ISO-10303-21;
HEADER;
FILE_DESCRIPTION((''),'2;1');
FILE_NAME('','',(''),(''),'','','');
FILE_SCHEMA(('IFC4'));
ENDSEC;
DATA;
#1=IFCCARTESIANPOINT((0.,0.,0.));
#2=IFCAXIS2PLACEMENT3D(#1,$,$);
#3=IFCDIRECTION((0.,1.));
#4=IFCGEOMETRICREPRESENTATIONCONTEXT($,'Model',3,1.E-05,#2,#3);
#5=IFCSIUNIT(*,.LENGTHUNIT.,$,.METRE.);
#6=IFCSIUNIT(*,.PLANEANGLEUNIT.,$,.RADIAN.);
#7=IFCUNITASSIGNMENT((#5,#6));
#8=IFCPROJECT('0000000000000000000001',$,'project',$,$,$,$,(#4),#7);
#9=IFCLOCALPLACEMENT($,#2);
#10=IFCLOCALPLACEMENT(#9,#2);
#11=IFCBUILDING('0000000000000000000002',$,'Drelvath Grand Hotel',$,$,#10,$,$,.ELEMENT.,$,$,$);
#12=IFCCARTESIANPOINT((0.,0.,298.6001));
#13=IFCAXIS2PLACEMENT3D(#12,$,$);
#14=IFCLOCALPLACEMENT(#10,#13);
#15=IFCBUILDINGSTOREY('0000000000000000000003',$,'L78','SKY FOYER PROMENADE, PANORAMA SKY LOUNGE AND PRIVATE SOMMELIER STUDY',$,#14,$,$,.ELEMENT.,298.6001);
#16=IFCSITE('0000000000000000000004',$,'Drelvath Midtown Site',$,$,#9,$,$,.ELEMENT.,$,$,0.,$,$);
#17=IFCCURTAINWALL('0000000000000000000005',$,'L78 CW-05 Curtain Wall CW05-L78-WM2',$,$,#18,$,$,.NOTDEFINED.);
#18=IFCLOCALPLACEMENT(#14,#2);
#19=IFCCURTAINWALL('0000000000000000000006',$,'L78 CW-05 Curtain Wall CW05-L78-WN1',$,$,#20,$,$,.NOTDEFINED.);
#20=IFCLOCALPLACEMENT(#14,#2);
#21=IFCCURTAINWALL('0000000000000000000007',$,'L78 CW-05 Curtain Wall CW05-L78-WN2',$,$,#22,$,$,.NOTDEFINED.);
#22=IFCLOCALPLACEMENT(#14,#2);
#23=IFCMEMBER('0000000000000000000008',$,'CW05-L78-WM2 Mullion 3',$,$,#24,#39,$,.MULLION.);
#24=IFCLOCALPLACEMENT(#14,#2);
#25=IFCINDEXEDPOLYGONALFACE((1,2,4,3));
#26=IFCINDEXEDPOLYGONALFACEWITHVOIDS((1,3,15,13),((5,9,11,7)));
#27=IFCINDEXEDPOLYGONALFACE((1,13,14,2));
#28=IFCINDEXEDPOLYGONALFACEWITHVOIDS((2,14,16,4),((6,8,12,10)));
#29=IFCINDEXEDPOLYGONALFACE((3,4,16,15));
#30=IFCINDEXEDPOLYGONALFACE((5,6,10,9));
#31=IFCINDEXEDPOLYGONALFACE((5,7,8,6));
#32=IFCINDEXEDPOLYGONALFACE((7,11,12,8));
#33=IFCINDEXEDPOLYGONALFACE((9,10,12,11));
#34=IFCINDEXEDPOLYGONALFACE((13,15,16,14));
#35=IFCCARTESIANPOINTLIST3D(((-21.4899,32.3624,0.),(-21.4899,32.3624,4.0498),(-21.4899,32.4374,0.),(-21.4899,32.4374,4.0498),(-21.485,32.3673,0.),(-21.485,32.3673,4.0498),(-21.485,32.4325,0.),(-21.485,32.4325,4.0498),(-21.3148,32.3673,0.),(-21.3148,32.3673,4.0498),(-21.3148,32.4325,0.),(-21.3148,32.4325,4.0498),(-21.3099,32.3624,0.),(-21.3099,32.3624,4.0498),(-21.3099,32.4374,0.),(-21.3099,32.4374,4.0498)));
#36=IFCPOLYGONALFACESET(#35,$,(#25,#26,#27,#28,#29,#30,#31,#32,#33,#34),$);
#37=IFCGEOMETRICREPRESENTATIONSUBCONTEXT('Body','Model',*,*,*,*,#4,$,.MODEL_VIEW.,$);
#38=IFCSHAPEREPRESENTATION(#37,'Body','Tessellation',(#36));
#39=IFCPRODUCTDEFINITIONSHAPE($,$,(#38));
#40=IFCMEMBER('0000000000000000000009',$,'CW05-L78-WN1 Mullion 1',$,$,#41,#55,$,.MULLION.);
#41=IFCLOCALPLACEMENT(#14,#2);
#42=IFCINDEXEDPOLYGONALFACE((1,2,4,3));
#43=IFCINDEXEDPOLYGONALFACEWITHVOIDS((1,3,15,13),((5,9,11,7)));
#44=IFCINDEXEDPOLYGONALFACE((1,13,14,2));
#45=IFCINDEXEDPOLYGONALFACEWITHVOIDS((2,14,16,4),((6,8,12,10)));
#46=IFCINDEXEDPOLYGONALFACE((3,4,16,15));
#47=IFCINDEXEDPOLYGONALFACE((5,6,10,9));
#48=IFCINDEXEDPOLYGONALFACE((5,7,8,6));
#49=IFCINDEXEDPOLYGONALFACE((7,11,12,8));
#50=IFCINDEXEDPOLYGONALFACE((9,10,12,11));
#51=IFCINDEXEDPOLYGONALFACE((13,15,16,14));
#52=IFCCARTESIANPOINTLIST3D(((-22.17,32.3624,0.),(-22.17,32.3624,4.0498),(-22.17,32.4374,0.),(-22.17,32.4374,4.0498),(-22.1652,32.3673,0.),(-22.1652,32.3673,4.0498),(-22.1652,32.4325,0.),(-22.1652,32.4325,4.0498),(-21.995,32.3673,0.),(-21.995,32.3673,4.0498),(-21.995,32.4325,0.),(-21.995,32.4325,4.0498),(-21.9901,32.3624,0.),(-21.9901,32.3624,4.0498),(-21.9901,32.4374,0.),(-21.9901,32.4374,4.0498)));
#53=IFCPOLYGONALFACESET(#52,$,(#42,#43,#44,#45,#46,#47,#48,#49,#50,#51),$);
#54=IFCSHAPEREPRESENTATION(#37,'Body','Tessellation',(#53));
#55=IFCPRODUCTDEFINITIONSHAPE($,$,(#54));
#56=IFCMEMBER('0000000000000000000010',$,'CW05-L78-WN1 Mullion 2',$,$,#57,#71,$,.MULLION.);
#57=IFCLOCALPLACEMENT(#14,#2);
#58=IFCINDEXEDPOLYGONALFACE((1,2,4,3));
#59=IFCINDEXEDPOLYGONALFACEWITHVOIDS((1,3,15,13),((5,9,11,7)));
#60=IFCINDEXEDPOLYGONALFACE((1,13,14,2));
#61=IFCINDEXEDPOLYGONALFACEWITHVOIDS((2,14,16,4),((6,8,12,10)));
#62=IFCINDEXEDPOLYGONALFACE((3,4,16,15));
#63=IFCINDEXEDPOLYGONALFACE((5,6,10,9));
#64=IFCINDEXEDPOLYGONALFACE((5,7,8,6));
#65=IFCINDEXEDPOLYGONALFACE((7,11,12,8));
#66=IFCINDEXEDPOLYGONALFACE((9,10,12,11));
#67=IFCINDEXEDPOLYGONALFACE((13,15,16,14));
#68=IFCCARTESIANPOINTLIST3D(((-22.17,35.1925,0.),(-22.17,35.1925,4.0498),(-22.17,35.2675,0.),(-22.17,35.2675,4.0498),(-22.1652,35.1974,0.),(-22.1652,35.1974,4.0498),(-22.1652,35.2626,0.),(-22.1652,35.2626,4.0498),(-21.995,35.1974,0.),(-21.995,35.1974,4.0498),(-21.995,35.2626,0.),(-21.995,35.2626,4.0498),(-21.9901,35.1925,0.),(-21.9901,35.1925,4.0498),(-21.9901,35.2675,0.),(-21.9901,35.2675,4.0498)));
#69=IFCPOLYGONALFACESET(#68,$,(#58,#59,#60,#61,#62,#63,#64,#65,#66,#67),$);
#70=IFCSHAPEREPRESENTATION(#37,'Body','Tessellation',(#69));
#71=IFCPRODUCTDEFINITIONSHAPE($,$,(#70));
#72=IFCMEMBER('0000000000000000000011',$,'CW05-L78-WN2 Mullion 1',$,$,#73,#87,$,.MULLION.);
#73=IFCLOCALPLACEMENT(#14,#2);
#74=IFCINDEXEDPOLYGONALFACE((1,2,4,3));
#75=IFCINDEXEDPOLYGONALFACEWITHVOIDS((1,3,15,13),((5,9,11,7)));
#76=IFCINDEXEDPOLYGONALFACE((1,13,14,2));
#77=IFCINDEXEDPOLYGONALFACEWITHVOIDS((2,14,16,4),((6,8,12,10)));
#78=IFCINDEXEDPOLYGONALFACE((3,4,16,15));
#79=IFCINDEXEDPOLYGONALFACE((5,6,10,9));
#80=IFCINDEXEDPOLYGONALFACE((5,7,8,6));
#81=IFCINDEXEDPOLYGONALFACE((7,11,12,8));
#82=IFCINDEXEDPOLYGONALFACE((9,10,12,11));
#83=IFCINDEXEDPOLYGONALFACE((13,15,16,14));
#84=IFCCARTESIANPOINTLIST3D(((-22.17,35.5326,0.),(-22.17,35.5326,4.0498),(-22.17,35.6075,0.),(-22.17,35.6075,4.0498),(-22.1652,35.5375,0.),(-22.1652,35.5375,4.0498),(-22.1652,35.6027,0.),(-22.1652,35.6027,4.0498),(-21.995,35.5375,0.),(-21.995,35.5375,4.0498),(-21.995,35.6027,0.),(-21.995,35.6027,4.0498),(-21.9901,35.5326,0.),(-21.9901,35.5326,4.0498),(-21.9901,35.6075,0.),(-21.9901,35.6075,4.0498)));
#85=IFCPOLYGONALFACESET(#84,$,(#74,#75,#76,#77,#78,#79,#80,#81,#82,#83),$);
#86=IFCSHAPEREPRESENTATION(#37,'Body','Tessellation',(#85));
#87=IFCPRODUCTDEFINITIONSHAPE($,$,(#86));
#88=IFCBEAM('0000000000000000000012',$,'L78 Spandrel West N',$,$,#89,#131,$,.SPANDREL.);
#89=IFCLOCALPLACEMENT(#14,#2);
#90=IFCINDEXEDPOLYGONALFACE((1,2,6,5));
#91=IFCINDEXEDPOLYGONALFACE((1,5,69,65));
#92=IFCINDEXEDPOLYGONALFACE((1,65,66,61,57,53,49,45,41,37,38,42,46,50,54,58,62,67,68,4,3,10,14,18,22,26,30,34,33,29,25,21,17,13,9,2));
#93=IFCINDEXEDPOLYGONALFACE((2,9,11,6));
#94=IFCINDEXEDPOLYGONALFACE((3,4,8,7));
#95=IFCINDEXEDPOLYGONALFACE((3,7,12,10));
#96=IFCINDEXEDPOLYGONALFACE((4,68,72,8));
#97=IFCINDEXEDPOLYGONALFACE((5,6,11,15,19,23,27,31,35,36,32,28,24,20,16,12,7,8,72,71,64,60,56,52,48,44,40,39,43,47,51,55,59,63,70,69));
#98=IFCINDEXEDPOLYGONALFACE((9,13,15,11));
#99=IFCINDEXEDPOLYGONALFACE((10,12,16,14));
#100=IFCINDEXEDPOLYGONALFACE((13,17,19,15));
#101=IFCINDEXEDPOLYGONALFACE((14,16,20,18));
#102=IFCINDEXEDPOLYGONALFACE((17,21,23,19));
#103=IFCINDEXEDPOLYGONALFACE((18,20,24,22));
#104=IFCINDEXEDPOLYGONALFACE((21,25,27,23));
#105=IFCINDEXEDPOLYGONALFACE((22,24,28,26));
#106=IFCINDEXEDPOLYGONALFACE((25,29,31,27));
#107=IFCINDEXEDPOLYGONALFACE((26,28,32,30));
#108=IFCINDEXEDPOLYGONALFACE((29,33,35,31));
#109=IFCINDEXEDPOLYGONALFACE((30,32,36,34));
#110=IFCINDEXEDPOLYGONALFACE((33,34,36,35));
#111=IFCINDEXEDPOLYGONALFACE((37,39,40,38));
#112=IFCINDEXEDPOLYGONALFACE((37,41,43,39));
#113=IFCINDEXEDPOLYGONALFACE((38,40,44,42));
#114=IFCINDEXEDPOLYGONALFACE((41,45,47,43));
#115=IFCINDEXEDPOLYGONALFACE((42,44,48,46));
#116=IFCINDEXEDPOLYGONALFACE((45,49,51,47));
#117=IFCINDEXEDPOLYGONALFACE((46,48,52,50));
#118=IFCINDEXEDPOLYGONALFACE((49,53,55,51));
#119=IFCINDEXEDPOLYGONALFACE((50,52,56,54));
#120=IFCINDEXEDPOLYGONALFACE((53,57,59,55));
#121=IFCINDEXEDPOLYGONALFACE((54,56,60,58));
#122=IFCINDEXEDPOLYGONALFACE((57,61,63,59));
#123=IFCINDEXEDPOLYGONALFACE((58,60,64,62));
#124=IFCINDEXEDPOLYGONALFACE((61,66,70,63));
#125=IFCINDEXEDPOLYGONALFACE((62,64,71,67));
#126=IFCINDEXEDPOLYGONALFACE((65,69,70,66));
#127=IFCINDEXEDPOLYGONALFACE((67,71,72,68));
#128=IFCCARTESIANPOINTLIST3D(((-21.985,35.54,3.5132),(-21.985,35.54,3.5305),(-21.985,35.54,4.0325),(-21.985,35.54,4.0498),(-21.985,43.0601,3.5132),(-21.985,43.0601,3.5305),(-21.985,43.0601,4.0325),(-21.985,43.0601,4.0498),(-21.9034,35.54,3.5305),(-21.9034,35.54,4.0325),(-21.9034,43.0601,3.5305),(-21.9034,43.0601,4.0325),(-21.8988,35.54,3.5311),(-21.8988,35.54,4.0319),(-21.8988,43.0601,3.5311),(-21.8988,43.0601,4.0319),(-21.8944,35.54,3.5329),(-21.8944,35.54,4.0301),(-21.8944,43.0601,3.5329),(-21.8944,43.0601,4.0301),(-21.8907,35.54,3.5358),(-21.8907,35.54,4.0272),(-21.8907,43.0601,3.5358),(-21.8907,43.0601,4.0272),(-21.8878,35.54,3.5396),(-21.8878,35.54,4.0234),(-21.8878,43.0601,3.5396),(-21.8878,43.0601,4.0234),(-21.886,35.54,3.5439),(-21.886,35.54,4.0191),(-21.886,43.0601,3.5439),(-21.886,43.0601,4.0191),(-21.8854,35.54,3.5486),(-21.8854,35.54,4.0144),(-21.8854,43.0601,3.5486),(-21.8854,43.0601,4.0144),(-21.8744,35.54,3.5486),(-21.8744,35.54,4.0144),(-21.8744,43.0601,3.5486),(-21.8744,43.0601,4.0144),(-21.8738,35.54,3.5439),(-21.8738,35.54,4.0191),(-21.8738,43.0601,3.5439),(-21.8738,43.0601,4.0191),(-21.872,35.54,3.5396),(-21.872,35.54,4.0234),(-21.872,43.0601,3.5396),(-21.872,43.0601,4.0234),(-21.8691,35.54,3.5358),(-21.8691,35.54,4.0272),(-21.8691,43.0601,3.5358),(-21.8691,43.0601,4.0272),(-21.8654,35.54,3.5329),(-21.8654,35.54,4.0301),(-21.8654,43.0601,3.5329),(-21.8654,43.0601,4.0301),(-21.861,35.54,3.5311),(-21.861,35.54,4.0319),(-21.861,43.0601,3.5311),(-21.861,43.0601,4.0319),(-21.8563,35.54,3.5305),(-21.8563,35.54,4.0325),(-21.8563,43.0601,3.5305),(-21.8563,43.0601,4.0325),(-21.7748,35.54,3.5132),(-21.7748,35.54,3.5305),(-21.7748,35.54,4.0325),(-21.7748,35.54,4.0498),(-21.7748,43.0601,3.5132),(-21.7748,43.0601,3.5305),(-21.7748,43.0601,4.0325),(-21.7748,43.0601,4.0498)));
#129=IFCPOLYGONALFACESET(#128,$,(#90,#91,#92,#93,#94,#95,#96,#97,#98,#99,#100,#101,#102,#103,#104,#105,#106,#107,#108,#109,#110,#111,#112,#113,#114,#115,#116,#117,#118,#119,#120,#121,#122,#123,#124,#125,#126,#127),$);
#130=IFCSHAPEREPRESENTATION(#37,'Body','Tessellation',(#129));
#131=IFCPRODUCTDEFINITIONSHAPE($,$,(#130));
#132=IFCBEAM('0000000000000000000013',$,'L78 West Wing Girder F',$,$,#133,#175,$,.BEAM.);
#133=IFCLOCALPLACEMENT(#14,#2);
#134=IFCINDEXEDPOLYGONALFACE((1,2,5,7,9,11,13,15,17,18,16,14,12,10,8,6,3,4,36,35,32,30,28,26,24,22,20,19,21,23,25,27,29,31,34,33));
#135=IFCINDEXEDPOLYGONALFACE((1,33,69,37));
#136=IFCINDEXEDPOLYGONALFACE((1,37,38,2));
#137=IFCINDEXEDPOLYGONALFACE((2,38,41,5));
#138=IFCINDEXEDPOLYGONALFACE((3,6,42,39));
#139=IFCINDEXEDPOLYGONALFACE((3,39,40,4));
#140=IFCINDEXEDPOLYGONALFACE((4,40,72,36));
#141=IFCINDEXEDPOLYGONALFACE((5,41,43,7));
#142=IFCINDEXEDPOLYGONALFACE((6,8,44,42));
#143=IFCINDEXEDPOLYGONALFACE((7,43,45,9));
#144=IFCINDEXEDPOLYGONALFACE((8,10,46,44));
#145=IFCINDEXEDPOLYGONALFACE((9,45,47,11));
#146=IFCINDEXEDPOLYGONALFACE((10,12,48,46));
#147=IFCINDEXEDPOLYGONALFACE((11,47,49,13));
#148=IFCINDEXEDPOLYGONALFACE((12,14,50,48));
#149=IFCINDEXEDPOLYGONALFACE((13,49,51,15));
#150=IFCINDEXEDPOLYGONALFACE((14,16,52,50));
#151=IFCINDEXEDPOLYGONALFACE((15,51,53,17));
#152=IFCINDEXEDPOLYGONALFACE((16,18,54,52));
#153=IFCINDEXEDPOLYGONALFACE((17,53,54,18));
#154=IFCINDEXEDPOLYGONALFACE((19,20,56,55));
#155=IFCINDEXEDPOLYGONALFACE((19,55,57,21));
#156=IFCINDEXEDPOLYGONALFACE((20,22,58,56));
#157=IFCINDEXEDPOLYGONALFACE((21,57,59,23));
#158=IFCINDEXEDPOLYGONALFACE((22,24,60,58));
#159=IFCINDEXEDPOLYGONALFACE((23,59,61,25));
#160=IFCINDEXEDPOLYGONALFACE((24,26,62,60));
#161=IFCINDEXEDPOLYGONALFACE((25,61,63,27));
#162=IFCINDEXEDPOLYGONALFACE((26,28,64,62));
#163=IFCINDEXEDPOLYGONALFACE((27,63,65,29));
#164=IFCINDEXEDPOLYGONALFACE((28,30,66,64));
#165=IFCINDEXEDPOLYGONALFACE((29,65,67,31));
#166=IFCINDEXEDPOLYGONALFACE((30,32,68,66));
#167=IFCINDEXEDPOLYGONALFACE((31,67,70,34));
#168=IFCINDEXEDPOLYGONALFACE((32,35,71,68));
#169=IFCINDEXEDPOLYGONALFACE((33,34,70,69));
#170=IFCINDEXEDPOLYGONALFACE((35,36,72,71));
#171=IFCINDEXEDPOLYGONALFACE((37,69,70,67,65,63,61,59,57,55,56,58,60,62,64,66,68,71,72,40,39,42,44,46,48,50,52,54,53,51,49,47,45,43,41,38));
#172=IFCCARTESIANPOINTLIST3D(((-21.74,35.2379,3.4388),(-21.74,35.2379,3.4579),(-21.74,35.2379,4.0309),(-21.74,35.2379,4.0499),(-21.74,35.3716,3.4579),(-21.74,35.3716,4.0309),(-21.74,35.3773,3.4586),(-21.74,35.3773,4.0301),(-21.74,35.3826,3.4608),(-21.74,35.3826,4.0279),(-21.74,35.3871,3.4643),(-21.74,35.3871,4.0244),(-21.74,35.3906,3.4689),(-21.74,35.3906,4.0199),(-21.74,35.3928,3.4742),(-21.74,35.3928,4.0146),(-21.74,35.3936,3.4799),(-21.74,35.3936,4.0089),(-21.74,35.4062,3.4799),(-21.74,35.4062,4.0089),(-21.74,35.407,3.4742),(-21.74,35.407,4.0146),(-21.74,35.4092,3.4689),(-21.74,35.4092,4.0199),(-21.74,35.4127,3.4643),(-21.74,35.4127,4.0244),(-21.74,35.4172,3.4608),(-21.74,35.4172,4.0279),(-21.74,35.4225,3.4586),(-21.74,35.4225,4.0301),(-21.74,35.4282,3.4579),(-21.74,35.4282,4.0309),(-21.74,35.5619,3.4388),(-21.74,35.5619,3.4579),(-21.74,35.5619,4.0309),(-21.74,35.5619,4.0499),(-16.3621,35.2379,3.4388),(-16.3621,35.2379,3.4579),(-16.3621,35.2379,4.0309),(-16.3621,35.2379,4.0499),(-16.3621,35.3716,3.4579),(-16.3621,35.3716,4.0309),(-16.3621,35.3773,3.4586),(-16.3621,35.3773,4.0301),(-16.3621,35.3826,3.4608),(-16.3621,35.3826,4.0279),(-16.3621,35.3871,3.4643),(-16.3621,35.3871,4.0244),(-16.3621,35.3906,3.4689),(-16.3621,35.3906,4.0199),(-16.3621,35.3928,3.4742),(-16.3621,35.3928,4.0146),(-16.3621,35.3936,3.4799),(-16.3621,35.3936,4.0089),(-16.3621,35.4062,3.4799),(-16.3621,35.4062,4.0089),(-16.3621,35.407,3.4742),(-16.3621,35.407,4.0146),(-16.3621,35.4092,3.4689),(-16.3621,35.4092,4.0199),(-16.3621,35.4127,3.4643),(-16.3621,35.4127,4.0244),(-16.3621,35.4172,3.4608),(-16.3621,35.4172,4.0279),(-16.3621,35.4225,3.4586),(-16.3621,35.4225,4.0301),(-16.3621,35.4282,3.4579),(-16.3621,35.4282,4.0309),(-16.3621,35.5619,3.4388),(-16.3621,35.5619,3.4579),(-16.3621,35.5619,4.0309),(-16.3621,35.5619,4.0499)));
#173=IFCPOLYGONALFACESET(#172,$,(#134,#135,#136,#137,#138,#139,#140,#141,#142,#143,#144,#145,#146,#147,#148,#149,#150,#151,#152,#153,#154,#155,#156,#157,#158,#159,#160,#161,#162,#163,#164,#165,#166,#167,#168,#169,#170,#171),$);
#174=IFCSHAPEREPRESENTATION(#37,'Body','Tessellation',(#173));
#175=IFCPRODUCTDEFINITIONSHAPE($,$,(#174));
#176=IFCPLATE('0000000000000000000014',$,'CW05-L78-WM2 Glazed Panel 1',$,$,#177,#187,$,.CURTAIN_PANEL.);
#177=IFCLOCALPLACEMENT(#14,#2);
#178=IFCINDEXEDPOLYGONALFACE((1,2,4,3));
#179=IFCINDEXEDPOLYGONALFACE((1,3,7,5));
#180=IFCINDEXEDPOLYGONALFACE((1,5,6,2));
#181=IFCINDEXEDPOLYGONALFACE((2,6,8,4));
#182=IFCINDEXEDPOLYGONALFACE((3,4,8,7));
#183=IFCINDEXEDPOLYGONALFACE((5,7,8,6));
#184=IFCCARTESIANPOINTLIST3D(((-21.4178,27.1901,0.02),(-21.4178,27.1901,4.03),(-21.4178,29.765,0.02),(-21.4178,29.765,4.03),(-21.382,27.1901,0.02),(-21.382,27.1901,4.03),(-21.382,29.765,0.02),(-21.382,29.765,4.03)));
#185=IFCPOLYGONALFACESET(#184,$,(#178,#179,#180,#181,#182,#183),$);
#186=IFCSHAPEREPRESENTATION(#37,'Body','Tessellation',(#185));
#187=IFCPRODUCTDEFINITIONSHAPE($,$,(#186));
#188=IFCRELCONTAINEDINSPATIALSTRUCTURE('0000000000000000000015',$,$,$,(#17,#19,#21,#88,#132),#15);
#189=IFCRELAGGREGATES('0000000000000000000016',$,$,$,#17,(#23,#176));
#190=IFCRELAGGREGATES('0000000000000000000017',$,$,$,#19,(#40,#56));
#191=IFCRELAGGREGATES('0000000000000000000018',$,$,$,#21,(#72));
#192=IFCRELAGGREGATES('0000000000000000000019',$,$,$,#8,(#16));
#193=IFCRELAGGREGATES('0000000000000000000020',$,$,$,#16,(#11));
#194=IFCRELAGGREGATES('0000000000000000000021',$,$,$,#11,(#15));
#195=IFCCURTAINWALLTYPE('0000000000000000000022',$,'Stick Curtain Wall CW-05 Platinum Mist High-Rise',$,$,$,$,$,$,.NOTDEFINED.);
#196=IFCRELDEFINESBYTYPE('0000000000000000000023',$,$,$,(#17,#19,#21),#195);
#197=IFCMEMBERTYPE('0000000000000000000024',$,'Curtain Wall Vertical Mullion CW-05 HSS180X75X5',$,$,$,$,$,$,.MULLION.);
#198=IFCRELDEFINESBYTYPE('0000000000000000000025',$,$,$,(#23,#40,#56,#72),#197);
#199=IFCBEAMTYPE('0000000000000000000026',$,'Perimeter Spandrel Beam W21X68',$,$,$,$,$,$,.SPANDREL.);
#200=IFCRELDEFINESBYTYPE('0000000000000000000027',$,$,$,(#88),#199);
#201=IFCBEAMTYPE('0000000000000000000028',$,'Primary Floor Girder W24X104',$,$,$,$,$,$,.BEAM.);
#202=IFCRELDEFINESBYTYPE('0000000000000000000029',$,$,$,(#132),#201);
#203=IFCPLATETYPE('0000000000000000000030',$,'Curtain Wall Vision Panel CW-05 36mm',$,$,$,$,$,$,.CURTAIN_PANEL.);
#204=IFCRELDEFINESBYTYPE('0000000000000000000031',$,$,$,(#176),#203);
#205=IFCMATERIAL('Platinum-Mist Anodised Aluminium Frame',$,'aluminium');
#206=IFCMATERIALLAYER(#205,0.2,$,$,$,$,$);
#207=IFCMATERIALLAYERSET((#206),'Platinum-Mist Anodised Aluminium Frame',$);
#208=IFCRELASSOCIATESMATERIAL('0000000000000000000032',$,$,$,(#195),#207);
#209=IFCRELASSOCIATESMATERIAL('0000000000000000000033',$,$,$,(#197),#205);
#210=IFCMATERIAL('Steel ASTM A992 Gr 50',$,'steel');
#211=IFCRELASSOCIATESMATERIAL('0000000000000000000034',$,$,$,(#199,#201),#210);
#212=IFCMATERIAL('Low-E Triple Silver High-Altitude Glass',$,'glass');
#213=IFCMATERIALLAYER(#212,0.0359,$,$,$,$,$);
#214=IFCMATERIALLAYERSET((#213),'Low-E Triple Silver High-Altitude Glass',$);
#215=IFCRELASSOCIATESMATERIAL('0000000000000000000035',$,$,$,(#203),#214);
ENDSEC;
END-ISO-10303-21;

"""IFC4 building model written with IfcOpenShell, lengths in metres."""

from ifc_helpers import new_model, si_unit, direction, frame, origin, origin_2d, place, context, subcontext, project, spatial, rectangle, hollow_rectangle, i_section, extrude, material, layer, layer_set, material_profile, profile_set, type_object, element, aggregate, save


model = new_model("IFC4")

# Units and contexts
model_context = context("Model", 3, precision=1e-05, world=origin(), true_north=direction((0.0, 1.0)))
body_context = subcontext(model_context, "Body", "Model", "MODEL_VIEW")
ifc_project = project(units=[si_unit("LENGTHUNIT", "METRE"), si_unit("PLANEANGLEUNIT", "RADIAN")], contexts=[model_context])

# Site, building, storey
site_placement = place(None, origin())
site = spatial("IfcSite", under=ifc_project, at=site_placement, Name="Drelvath Midtown Site", CompositionType="ELEMENT", RefElevation=0.0)
building_placement = place(site_placement, origin())
building = spatial("IfcBuilding", under=site, at=building_placement, Name="Drelvath Grand Hotel", CompositionType="ELEMENT")
storey_placement = place(building_placement, frame((0.0, 0.0, 298.6001)))
storey = spatial("IfcBuildingStorey", under=building, at=storey_placement, Name="L78", Description="SKY FOYER PROMENADE, PANORAMA SKY LOUNGE AND PRIVATE SOMMELIER STUDY", CompositionType="ELEMENT", Elevation=298.6001)

# Curtain walls
ifc_material_1 = material(Name="Platinum-Mist Anodised Aluminium Frame", Category="aluminium")
ifc_layer_1 = layer(ifc_material_1, 0.2)
ifc_layer_set_1 = layer_set([ifc_layer_1], Name="Platinum-Mist Anodised Aluminium Frame")
curtain_wall_type = type_object("IfcCurtainWallType", Name="Stick Curtain Wall CW-05 Platinum Mist High-Rise", PredefinedType="NOTDEFINED", material=ifc_layer_set_1)
curtain_wall_1_placement = place(storey_placement, origin())
curtain_wall_1 = element("IfcCurtainWall", 1, at=curtain_wall_1_placement, inside=storey, type_object=curtain_wall_type, Name="L78 CW-05 Curtain Wall CW05-L78-WM2", PredefinedType="NOTDEFINED")
curtain_wall_2_placement = place(storey_placement, origin())
curtain_wall_2 = element("IfcCurtainWall", 2, at=curtain_wall_2_placement, inside=storey, type_object=curtain_wall_type, Name="L78 CW-05 Curtain Wall CW05-L78-WN1", PredefinedType="NOTDEFINED")
curtain_wall_3_placement = place(storey_placement, origin())
curtain_wall_3 = element("IfcCurtainWall", 3, at=curtain_wall_3_placement, inside=storey, type_object=curtain_wall_type, Name="L78 CW-05 Curtain Wall CW05-L78-WN2", PredefinedType="NOTDEFINED")

# Members
ifc_material_profile_1 = material_profile(ifc_material_1, hollow_rectangle(XDim=0.075, YDim=0.1799, WallThickness=0.0049, at=origin_2d()), Name="HSS180X75X5")
ifc_profile_set_1 = profile_set([ifc_material_profile_1], Name="Platinum-Mist Anodised Aluminium Frame")
member_type_1 = type_object("IfcMemberType", Name="Curtain Wall Vertical Mullion CW-05 HSS180X75X5", PredefinedType="MULLION", material=ifc_profile_set_1)
member_1_placement = place(storey_placement, frame((-21.3999, 32.3999, 0.0), z_axis=(0.0, 0.0, 1.0), x_axis=(0.0, 1.0, 0.0)))
member_1 = element("IfcMember", 4, at=member_1_placement, type_object=member_type_1, Name="CW05-L78-WM2 Mullion 3", PredefinedType="MULLION", context=body_context, shape_type="SweptSolid", body=[
    extrude(hollow_rectangle(XDim=0.075, YDim=0.1799, WallThickness=0.0049, at=origin_2d()), origin(), (0.0, 0.0, 1.0), 4.0498),
])
member_2_placement = place(storey_placement, frame((-22.0801, 32.3999, 0.0), z_axis=(0.0, 0.0, 1.0), x_axis=(0.0, 1.0, 0.0)))
member_2 = element("IfcMember", 5, at=member_2_placement, type_object=member_type_1, Name="CW05-L78-WN1 Mullion 1", PredefinedType="MULLION", context=body_context, shape_type="SweptSolid", body=[
    extrude(hollow_rectangle(XDim=0.075, YDim=0.1799, WallThickness=0.0049, at=origin_2d()), origin(), (0.0, 0.0, 1.0), 4.0498),
])
member_3_placement = place(storey_placement, frame((-22.0801, 35.23, 0.0), z_axis=(0.0, 0.0, 1.0), x_axis=(0.0, 1.0, 0.0)))
member_3 = element("IfcMember", 6, at=member_3_placement, type_object=member_type_1, Name="CW05-L78-WN1 Mullion 2", PredefinedType="MULLION", context=body_context, shape_type="SweptSolid", body=[
    extrude(hollow_rectangle(XDim=0.075, YDim=0.1799, WallThickness=0.0049, at=origin_2d()), origin(), (0.0, 0.0, 1.0), 4.0498),
])
member_4_placement = place(storey_placement, frame((-22.0801, 35.5701, 0.0), z_axis=(0.0, 0.0, 1.0), x_axis=(0.0, 1.0, 0.0)))
member_4 = element("IfcMember", 7, at=member_4_placement, type_object=member_type_1, Name="CW05-L78-WN2 Mullion 1", PredefinedType="MULLION", context=body_context, shape_type="SweptSolid", body=[
    extrude(hollow_rectangle(XDim=0.075, YDim=0.1799, WallThickness=0.0049, at=origin_2d()), origin(), (0.0, 0.0, 1.0), 4.0498),
])

# Beams
ifc_material_2 = material(Name="Steel ASTM A992 Gr 50", Category="steel")
ifc_material_profile_2 = material_profile(ifc_material_2, i_section(OverallWidth=0.2102, OverallDepth=0.5366, WebThickness=0.011, FlangeThickness=0.0173, FilletRadius=0.0181, at=origin_2d()), Name="W21X68")
ifc_profile_set_2 = profile_set([ifc_material_profile_2], Name="Steel ASTM A992 Gr 50")
beam_type_1 = type_object("IfcBeamType", Name="Perimeter Spandrel Beam W21X68", PredefinedType="SPANDREL", material=ifc_profile_set_2)
beam_1_placement = place(storey_placement, frame((-21.8799, 35.54, 3.7815), z_axis=(0.0, 1.0, 0.0), x_axis=(-1.0, 0.0, 0.0)))
element("IfcBeam", 8, at=beam_1_placement, inside=storey, type_object=beam_type_1, Name="L78 Spandrel West N", PredefinedType="SPANDREL", context=body_context, shape_type="SweptSolid", body=[
    extrude(i_section(OverallWidth=0.2102, OverallDepth=0.5366, WebThickness=0.011, FlangeThickness=0.0173, FilletRadius=0.0181, at=origin_2d()), origin(), (0.0, 0.0, 1.0), 7.52),
])
ifc_material_profile_3 = material_profile(ifc_material_2, i_section(OverallWidth=0.324, OverallDepth=0.6111, WebThickness=0.0127, FlangeThickness=0.019, FilletRadius=0.022, at=origin_2d()), Name="W24X104")
ifc_profile_set_3 = profile_set([ifc_material_profile_3], Name="Steel ASTM A992 Gr 50")
beam_type_2 = type_object("IfcBeamType", Name="Primary Floor Girder W24X104", PredefinedType="BEAM", material=ifc_profile_set_3)
beam_2_placement = place(storey_placement, frame((-21.74, 35.3999, 3.7444), z_axis=(1.0, 0.0, 0.0), x_axis=(0.0, 1.0, 0.0)))
element("IfcBeam", 9, at=beam_2_placement, inside=storey, type_object=beam_type_2, Name="L78 West Wing Girder F", PredefinedType="BEAM", context=body_context, shape_type="SweptSolid", body=[
    extrude(i_section(OverallWidth=0.324, OverallDepth=0.6111, WebThickness=0.0127, FlangeThickness=0.019, FilletRadius=0.022, at=origin_2d()), origin(), (0.0, 0.0, 1.0), 5.3779),
])

# Plate
ifc_material_3 = material(Name="Low-E Triple Silver High-Altitude Glass", Category="glass")
ifc_layer_2 = layer(ifc_material_3, 0.0359)
ifc_layer_set_2 = layer_set([ifc_layer_2], Name="Low-E Triple Silver High-Altitude Glass")
plate_type = type_object("IfcPlateType", Name="Curtain Wall Vision Panel CW-05 36mm", PredefinedType="CURTAIN_PANEL", material=ifc_layer_set_2)
plate_1_placement = place(storey_placement, frame((-21.3999, 28.4775, 0.02), z_axis=(0.0, 0.0, 1.0), x_axis=(0.0, 1.0, 0.0)))
plate_1 = element("IfcPlate", 10, at=plate_1_placement, type_object=plate_type, Name="CW05-L78-WM2 Glazed Panel 1", PredefinedType="CURTAIN_PANEL", context=body_context, shape_type="SweptSolid", body=[
    extrude(rectangle(XDim=2.575, YDim=0.0359, at=origin_2d()), origin(), (0.0, 0.0, 1.0), 4.01),
])
aggregate(curtain_wall_1, [member_1, plate_1])
aggregate(curtain_wall_2, [member_2, member_3])
aggregate(curtain_wall_3, [member_4])

save(model, "model.ifc")
